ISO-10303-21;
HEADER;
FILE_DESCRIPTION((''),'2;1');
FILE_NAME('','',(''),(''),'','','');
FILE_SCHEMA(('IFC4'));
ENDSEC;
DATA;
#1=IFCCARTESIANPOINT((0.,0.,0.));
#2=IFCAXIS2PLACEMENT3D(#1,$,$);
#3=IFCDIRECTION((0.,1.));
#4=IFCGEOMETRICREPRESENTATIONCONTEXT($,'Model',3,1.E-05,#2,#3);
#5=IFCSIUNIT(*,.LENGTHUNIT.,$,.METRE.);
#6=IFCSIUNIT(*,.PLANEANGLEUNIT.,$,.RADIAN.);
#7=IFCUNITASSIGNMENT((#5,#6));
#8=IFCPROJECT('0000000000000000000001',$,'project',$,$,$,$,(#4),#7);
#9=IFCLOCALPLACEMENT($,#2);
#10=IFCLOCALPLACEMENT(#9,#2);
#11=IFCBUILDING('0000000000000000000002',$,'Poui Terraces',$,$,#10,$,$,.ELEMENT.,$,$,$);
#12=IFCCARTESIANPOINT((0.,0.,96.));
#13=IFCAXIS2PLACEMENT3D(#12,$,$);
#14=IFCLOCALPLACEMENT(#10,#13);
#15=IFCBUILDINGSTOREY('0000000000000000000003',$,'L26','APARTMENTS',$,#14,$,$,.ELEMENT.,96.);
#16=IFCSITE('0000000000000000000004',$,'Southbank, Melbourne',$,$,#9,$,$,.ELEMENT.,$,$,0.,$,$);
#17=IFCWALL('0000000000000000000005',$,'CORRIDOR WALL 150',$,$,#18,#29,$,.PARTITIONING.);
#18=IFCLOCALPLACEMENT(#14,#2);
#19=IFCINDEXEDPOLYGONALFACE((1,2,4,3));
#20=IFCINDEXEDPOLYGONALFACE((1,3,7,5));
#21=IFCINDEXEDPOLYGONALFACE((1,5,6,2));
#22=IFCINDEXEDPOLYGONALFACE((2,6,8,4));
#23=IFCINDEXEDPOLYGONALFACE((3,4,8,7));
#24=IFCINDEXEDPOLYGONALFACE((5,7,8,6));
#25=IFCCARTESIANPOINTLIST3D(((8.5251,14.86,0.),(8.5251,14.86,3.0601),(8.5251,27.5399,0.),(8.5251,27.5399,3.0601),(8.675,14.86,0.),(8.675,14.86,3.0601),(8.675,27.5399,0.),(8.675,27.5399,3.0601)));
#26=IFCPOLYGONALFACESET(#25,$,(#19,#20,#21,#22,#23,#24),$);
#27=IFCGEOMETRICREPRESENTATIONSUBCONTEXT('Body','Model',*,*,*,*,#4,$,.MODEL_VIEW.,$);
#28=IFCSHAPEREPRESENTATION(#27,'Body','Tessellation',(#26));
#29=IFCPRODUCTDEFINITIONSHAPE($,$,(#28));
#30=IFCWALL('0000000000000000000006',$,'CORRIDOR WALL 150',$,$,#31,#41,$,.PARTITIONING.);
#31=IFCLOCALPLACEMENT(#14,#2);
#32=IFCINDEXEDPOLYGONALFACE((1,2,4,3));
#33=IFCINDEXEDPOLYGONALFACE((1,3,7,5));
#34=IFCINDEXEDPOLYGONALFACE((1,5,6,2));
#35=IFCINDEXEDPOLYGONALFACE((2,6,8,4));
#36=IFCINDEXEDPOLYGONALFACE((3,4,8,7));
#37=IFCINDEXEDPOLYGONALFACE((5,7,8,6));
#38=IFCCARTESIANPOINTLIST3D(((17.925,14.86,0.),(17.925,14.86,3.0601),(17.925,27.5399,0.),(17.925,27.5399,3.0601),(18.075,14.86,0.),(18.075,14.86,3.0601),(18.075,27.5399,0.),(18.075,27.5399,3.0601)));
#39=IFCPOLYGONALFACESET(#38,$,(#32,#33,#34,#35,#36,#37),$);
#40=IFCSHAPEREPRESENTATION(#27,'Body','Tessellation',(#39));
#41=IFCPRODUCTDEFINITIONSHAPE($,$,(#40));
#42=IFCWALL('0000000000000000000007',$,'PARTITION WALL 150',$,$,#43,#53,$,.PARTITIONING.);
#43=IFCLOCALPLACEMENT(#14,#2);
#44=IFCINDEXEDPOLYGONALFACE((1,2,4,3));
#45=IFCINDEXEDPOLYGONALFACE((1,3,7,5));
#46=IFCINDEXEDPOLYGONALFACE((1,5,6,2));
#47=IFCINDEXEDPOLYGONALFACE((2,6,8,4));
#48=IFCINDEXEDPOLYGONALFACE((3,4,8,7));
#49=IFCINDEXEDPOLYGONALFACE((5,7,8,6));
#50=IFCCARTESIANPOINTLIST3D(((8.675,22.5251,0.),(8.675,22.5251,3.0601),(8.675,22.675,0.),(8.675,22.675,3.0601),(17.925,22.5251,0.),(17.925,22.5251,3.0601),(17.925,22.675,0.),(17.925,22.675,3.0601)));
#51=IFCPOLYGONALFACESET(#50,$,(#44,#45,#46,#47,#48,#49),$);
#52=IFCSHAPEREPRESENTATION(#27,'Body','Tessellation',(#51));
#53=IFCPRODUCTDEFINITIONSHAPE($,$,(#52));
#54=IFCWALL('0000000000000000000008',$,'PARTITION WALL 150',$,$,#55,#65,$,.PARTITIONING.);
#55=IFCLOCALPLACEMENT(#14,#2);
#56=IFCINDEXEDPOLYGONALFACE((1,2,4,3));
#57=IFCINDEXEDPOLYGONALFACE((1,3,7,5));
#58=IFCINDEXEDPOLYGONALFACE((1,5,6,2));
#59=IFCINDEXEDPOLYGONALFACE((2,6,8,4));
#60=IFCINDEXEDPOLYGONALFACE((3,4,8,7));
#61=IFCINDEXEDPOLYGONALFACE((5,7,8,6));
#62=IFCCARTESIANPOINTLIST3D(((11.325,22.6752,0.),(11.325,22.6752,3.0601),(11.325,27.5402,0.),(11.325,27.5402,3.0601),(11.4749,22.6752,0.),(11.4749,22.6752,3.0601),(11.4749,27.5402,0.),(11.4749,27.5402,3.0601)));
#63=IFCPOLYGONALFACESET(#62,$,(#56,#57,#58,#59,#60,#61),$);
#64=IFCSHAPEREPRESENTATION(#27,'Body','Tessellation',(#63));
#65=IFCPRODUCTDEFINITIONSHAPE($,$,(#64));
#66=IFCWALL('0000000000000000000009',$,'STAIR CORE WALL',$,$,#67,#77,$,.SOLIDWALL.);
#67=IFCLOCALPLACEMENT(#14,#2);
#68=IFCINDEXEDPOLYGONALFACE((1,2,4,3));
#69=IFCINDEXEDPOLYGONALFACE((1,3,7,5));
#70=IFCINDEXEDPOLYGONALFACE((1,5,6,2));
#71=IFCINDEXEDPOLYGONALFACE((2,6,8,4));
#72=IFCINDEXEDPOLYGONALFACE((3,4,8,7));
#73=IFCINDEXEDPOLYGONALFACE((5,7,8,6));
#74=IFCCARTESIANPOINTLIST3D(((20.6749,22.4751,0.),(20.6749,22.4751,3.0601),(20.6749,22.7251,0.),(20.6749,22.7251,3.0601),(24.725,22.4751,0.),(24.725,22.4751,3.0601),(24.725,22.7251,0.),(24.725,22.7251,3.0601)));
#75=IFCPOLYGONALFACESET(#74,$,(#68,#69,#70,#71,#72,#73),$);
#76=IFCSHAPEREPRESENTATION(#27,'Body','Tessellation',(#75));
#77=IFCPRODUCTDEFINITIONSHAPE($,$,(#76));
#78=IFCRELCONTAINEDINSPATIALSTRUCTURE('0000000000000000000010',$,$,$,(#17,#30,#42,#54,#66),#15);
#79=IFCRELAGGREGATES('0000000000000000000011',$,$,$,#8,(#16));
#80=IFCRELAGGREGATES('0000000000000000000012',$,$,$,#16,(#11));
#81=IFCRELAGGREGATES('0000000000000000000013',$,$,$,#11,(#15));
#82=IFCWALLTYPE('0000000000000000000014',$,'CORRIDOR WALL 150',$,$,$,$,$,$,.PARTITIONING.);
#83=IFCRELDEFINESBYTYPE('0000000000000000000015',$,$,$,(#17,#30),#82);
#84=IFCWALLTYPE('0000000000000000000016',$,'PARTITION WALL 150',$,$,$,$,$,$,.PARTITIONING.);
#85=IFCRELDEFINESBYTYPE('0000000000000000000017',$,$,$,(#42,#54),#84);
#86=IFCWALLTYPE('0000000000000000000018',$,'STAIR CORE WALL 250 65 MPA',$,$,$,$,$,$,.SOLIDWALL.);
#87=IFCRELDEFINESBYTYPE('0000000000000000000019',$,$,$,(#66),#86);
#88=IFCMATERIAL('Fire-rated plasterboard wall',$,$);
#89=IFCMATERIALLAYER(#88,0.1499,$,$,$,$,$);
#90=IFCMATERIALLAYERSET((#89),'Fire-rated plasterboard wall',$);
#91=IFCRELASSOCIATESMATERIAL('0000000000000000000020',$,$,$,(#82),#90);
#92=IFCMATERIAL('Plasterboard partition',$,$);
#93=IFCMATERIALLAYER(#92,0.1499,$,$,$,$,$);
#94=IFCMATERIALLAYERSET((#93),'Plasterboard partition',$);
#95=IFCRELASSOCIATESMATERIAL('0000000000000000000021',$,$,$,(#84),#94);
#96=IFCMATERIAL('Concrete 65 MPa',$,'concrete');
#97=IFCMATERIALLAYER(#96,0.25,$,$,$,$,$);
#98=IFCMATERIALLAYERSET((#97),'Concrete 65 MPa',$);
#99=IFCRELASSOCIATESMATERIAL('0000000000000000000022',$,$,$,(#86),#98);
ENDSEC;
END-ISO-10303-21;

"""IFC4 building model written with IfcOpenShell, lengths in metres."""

from ifc_helpers import new_model, si_unit, direction, frame, frame_2d, origin, place, context, subcontext, project, spatial, rectangle, extrude, material, layer, layer_set, type_object, element, save


model = new_model("IFC4")

# Units and contexts
model_context = context("Model", 3, precision=1e-05, world=origin(), true_north=direction((0.0, 1.0)))
body_context = subcontext(model_context, "Body", "Model", "MODEL_VIEW")
ifc_project = project(units=[si_unit("LENGTHUNIT", "METRE"), si_unit("PLANEANGLEUNIT", "RADIAN")], contexts=[model_context])

# Site, building, storey
site_placement = place(None, origin())
site = spatial("IfcSite", under=ifc_project, at=site_placement, Name="Southbank, Melbourne", CompositionType="ELEMENT", RefElevation=0.0)
building_placement = place(site_placement, origin())
building = spatial("IfcBuilding", under=site, at=building_placement, Name="Poui Terraces", CompositionType="ELEMENT")
storey_placement = place(building_placement, frame((0.0, 0.0, 96.0)))
storey = spatial("IfcBuildingStorey", under=building, at=storey_placement, Name="L26", Description="APARTMENTS", CompositionType="ELEMENT", Elevation=96.0)

# Walls
ifc_material_1 = material(Name="Fire-rated plasterboard wall")
ifc_layer_1 = layer(ifc_material_1, 0.1499)
ifc_layer_set_1 = layer_set([ifc_layer_1], Name="Fire-rated plasterboard wall")
wall_type_1 = type_object("IfcWallType", Name="CORRIDOR WALL 150", PredefinedType="PARTITIONING", material=ifc_layer_set_1)
for number, where, z_axis, x_axis, name in (
    (1, (8.6001, 14.8601, 0.0), (0.0, 0.0, 1.0), (0.0, 1.0, 0.0), "CORRIDOR WALL 150"),
    (2, (18.0, 14.8601, 0.0), (0.0, 0.0, 1.0), (0.0, 1.0, 0.0), "CORRIDOR WALL 150"),
):
    element("IfcWall", number, at=place(storey_placement, frame(where, z_axis=z_axis, x_axis=x_axis)), inside=storey, type_object=wall_type_1, Name=name, PredefinedType="PARTITIONING", context=body_context, shape_type="SweptSolid", body=[
        extrude(rectangle(XDim=12.6799, YDim=0.1499, at=frame_2d((6.3398, 0.0))), origin(), (0.0, 0.0, 1.0), 3.0601),
    ])
ifc_material_2 = material(Name="Plasterboard partition")
ifc_layer_2 = layer(ifc_material_2, 0.1499)
ifc_layer_set_2 = layer_set([ifc_layer_2], Name="Plasterboard partition")
wall_type_2 = type_object("IfcWallType", Name="PARTITION WALL 150", PredefinedType="PARTITIONING", material=ifc_layer_set_2)
wall_1_placement = place(storey_placement, frame((8.675, 22.6001, 0.0), z_axis=(0.0, 0.0, 1.0), x_axis=(1.0, 0.0, 0.0)))
element("IfcWall", 3, at=wall_1_placement, inside=storey, type_object=wall_type_2, Name="PARTITION WALL 150", PredefinedType="PARTITIONING", context=body_context, shape_type="SweptSolid", body=[
    extrude(rectangle(XDim=9.25, YDim=0.1499, at=frame_2d((4.625, 0.0))), origin(), (0.0, 0.0, 1.0), 3.0601),
])
wall_2_placement = place(storey_placement, frame((11.3999, 22.675, 0.0), z_axis=(0.0, 0.0, 1.0), x_axis=(0.0, 1.0, 0.0)))
element("IfcWall", 4, at=wall_2_placement, inside=storey, type_object=wall_type_2, Name="PARTITION WALL 150", PredefinedType="PARTITIONING", context=body_context, shape_type="SweptSolid", body=[
    extrude(rectangle(XDim=4.865, YDim=0.1499, at=frame_2d((2.4326, 0.0))), origin(), (0.0, 0.0, 1.0), 3.0601),
])

# Shared definitions
ifc_material_3 = material(Name="Concrete 65 MPa", Category="concrete")

# Wall
ifc_layer_3 = layer(ifc_material_3, 0.25)
ifc_layer_set_3 = layer_set([ifc_layer_3], Name="Concrete 65 MPa")
wall_type_3 = type_object("IfcWallType", Name="STAIR CORE WALL 250 65 MPA", PredefinedType="SOLIDWALL", material=ifc_layer_set_3)
wall_3_placement = place(storey_placement, frame((20.675, 22.6001, 0.0), z_axis=(0.0, 0.0, 1.0), x_axis=(1.0, 0.0, 0.0)))
element("IfcWall", 5, at=wall_3_placement, inside=storey, type_object=wall_type_3, Name="STAIR CORE WALL", PredefinedType="SOLIDWALL", context=body_context, shape_type="SweptSolid", body=[
    extrude(rectangle(XDim=4.05, YDim=0.25, at=frame_2d((2.0249, 0.0))), origin(), (0.0, 0.0, 1.0), 3.0601),
])

save(model, "model.ifc")
